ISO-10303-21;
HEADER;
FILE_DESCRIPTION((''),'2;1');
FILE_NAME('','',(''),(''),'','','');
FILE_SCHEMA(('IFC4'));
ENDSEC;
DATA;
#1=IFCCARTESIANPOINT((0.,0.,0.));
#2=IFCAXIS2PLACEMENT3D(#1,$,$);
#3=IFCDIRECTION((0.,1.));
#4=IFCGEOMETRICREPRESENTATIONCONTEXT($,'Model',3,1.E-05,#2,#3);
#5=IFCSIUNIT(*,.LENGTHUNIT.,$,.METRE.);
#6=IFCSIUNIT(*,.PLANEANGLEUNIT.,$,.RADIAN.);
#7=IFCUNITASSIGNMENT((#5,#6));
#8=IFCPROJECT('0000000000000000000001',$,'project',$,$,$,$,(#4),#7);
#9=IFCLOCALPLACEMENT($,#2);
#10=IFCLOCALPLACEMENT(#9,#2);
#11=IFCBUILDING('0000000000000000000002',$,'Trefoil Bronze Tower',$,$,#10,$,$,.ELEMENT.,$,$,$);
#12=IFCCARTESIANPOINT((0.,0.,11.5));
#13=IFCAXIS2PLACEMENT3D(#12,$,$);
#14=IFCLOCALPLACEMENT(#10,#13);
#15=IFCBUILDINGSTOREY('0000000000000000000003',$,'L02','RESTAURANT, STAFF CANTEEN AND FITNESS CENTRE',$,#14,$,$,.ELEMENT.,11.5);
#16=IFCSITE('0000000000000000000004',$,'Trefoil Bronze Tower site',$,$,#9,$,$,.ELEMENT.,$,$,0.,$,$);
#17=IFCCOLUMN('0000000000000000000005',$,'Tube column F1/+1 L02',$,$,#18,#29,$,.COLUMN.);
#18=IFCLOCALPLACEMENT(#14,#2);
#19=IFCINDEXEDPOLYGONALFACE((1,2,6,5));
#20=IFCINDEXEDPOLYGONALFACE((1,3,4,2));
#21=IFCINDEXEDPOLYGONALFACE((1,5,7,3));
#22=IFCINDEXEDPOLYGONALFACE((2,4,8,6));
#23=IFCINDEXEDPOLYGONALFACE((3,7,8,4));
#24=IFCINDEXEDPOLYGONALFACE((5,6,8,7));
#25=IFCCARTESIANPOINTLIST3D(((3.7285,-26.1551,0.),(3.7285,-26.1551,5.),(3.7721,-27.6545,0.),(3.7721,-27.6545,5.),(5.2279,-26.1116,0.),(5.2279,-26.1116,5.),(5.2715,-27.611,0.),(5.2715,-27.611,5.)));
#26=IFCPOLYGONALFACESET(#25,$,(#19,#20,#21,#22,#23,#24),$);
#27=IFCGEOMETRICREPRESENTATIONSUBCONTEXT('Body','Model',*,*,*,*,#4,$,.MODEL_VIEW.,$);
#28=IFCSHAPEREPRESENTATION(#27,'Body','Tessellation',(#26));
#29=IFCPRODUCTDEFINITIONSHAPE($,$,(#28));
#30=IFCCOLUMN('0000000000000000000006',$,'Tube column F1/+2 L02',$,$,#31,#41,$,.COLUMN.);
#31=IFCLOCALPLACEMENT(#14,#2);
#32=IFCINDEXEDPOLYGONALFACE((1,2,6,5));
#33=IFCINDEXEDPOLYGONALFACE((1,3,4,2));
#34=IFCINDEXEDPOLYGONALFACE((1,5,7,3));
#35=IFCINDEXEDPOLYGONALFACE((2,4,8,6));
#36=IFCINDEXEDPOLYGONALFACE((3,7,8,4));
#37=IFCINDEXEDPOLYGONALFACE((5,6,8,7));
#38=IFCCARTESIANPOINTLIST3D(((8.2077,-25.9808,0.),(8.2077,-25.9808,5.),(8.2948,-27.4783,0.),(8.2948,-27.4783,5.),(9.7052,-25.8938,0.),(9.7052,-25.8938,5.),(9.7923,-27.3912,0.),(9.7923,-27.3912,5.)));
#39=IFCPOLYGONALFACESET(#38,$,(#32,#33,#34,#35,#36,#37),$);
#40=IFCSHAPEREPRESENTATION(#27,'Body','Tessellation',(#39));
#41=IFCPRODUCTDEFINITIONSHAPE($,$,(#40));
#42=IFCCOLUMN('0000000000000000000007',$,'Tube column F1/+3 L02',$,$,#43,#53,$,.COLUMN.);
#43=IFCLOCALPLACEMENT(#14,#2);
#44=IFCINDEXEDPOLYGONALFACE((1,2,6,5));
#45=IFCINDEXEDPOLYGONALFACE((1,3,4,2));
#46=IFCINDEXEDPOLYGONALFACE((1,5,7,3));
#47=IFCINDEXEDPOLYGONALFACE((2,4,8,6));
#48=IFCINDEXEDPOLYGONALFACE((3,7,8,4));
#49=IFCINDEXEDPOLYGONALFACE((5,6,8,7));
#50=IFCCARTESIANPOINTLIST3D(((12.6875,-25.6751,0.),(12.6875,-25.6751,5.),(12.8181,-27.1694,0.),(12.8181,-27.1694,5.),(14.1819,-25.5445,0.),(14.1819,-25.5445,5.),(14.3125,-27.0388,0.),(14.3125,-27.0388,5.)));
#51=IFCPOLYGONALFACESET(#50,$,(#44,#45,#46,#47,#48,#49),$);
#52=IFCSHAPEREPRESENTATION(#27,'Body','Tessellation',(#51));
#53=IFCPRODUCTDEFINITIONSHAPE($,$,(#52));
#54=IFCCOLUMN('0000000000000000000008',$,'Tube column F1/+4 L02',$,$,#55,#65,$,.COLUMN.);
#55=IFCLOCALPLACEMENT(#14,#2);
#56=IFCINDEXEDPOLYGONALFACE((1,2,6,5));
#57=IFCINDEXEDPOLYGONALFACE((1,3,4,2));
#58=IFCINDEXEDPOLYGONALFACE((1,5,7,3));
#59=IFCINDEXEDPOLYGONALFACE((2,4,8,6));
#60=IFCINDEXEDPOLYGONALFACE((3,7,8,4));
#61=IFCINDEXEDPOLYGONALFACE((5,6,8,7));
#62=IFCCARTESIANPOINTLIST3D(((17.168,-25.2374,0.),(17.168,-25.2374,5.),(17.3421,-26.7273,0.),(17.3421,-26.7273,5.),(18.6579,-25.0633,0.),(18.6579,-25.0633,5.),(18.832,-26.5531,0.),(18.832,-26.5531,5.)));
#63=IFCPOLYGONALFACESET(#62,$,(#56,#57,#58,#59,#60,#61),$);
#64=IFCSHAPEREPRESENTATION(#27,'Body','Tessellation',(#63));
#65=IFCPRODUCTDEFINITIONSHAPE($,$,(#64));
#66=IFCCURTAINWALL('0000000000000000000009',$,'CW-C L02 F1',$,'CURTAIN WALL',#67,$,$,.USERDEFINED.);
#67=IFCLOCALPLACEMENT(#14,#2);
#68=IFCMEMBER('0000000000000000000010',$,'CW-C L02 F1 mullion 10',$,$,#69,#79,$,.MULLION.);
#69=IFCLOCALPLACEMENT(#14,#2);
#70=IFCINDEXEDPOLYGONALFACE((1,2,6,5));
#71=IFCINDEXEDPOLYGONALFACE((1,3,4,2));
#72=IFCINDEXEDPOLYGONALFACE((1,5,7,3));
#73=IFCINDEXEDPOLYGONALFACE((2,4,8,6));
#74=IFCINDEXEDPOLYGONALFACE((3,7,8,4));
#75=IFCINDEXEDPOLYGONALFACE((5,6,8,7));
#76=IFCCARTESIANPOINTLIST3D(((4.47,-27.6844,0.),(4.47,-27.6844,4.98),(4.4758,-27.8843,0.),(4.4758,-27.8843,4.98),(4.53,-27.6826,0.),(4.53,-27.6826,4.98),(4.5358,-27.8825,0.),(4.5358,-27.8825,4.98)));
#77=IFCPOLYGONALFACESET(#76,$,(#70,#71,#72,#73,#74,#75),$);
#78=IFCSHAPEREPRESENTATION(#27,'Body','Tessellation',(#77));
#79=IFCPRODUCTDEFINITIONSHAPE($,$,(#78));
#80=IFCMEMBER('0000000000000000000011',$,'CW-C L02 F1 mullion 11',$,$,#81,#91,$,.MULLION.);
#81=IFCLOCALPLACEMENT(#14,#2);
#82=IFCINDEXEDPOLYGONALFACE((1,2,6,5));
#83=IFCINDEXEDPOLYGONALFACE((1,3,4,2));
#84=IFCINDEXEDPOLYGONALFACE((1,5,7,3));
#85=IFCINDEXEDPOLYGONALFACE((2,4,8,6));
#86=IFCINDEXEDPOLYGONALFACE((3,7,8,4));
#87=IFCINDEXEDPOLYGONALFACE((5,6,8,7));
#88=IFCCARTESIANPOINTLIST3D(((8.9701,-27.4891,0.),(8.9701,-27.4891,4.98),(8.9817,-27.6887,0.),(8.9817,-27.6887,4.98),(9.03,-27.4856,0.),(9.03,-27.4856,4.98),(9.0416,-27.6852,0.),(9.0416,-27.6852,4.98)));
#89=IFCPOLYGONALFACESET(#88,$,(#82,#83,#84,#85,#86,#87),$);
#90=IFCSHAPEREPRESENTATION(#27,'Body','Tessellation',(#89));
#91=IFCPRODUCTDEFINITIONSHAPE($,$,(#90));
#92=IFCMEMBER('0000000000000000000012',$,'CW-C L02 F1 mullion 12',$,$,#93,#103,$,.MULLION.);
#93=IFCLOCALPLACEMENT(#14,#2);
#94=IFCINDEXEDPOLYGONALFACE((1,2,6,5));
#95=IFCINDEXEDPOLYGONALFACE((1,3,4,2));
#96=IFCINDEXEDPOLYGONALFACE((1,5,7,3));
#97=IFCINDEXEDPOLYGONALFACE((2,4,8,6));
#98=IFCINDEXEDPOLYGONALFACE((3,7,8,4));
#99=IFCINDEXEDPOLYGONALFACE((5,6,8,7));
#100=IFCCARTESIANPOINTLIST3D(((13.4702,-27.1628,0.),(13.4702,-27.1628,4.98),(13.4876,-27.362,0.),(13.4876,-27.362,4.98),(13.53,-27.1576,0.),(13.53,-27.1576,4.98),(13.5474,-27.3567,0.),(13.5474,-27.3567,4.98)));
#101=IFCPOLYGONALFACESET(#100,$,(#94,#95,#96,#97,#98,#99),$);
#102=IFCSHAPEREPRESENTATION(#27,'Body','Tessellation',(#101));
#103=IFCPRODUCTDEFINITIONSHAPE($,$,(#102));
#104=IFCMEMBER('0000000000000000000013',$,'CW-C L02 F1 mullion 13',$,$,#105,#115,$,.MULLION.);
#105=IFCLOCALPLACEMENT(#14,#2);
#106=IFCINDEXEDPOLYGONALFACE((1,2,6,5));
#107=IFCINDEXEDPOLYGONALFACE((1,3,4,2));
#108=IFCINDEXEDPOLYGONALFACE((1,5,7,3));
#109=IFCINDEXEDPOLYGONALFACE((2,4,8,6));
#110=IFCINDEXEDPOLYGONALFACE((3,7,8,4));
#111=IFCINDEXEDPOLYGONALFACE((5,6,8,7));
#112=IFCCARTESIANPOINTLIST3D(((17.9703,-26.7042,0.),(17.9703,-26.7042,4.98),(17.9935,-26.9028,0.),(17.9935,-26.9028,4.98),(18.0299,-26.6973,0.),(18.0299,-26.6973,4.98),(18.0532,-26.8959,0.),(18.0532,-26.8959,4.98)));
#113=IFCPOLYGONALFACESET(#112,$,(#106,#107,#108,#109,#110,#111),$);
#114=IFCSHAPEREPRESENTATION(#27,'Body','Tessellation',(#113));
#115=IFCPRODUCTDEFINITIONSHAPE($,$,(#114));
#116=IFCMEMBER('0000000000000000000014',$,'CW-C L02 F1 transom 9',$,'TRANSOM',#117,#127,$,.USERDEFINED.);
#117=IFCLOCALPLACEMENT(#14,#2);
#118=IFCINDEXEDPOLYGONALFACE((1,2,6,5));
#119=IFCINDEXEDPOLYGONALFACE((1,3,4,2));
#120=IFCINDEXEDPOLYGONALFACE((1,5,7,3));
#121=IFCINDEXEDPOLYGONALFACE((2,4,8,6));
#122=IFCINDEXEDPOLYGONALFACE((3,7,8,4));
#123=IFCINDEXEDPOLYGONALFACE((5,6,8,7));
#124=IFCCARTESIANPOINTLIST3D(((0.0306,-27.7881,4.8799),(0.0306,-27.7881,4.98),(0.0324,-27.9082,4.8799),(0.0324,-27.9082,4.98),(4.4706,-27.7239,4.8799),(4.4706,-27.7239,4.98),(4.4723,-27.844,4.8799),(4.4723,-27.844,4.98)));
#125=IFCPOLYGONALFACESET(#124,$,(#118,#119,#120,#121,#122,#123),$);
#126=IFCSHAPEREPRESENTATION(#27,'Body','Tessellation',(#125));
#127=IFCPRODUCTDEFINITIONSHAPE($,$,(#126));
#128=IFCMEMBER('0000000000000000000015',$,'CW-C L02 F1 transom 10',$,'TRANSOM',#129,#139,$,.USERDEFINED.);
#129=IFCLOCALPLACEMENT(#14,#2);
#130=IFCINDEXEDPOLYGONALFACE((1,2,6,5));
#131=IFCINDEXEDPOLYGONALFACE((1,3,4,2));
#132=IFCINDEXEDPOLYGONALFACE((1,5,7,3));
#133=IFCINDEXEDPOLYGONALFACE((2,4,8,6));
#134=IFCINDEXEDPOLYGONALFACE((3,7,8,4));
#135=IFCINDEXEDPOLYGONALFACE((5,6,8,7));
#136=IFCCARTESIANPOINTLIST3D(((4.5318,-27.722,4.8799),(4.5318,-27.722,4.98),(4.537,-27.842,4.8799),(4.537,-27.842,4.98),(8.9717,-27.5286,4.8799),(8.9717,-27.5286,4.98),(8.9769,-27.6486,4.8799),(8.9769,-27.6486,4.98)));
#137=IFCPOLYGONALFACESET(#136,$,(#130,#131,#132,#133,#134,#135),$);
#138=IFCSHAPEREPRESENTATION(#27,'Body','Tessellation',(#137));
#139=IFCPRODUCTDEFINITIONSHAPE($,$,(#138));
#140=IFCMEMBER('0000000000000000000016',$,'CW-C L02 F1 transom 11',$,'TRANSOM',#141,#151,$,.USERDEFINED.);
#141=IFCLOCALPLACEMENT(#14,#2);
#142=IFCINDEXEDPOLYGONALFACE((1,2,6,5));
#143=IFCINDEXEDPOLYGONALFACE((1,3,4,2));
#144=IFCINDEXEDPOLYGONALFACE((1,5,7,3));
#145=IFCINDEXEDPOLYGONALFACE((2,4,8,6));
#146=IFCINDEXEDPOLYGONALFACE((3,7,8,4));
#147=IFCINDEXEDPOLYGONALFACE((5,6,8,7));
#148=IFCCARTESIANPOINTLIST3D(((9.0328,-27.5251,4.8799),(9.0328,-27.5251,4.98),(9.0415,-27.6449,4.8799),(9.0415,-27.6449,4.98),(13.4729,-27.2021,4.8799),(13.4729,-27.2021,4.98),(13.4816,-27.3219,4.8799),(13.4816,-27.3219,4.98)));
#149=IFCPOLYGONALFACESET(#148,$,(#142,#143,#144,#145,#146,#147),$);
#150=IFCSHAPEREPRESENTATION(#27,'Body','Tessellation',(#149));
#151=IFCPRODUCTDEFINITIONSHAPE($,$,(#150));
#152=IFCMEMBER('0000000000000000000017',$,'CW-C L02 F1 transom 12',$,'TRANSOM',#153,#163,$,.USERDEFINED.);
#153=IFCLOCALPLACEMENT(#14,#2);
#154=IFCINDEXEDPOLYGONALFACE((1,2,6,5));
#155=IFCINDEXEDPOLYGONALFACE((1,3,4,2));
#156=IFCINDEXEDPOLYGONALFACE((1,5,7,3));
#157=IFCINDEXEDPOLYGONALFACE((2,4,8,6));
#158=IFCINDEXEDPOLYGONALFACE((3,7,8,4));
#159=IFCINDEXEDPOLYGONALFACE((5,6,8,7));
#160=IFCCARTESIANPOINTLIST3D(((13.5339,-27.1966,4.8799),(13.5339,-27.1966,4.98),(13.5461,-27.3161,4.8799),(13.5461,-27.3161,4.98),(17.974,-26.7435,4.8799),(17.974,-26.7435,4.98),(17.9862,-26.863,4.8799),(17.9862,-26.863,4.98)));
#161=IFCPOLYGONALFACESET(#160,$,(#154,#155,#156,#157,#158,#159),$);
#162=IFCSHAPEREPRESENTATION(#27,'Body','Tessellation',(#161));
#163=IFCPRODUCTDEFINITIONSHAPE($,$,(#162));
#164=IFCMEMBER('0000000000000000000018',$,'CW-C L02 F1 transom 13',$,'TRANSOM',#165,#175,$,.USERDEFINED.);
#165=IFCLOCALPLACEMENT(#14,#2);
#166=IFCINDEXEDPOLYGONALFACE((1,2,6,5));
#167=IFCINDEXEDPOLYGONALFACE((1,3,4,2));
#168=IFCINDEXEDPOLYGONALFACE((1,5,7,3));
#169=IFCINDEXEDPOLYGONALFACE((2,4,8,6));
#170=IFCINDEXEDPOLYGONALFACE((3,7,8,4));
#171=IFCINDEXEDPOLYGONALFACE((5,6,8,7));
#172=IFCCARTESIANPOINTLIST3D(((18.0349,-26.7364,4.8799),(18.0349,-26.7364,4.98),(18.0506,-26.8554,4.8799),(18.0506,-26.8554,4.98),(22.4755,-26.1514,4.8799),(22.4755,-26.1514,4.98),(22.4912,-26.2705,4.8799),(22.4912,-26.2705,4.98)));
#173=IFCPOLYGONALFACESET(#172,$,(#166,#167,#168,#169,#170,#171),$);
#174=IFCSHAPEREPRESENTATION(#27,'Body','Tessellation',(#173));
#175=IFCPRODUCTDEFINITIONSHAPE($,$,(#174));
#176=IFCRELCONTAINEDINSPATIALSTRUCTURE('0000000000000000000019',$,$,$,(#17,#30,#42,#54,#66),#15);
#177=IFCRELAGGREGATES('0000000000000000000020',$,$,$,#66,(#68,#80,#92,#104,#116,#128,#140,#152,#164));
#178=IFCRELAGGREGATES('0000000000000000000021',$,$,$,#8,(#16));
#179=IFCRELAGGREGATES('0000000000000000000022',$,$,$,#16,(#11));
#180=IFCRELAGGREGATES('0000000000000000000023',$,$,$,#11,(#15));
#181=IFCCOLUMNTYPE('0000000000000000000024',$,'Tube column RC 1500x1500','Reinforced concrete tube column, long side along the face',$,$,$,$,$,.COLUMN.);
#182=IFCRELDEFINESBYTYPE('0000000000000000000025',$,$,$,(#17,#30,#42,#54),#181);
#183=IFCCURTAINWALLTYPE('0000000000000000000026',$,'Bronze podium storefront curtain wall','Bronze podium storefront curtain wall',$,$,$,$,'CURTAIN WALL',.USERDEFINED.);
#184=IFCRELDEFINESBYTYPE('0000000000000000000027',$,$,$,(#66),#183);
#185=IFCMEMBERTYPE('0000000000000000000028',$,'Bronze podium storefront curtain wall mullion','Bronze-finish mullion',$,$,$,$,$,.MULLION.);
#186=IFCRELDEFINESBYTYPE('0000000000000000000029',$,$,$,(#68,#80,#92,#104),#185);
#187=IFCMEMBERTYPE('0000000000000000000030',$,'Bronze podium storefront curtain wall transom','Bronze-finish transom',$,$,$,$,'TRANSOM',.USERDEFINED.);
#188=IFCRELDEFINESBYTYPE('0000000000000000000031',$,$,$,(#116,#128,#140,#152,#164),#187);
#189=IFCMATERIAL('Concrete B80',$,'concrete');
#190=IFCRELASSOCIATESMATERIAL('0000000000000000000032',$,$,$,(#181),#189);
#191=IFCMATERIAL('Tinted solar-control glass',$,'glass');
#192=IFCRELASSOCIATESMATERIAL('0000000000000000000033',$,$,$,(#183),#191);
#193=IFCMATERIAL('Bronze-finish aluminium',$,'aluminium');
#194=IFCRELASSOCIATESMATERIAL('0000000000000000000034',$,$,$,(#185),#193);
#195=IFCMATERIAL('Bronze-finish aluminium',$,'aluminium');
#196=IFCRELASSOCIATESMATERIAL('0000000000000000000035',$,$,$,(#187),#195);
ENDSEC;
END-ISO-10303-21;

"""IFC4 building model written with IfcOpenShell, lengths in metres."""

from ifc_helpers import new_model, si_unit, direction, frame, origin, origin_2d, place, context, subcontext, project, spatial, rectangle, extrude, material, material_profile, profile_set, type_object, element, aggregate, save


model = new_model("IFC4")

# Units and contexts
model_context = context("Model", 3, precision=1e-05, world=origin(), true_north=direction((0.0, 1.0)))
body_context = subcontext(model_context, "Body", "Model", "MODEL_VIEW")
ifc_project = project(units=[si_unit("LENGTHUNIT", "METRE"), si_unit("PLANEANGLEUNIT", "RADIAN")], contexts=[model_context])

# Site, building, storey
site_placement = place(None, origin())
site = spatial("IfcSite", under=ifc_project, at=site_placement, Name="Trefoil Bronze Tower site", CompositionType="ELEMENT", RefElevation=0.0)
building_placement = place(site_placement, origin())
building = spatial("IfcBuilding", under=site, at=building_placement, Name="Trefoil Bronze Tower", CompositionType="ELEMENT")
storey_placement = place(building_placement, frame((0.0, 0.0, 11.5)))
storey = spatial("IfcBuildingStorey", under=building, at=storey_placement, Name="L02", Description="RESTAURANT, STAFF CANTEEN AND FITNESS CENTRE", CompositionType="ELEMENT", Elevation=11.5)

# Columns
ifc_material_1 = material(Name="Concrete B80", Category="concrete")
ifc_material_profile_1 = material_profile(ifc_material_1, rectangle(XDim=1.5, YDim=1.5, at=origin_2d()), Name="RC 1500x1500")
ifc_profile_set_1 = profile_set([ifc_material_profile_1], Name="Concrete B80")
column_type = type_object("IfcColumnType", Name="Tube column RC 1500x1500", Description="Reinforced concrete tube column, long side along the face", PredefinedType="COLUMN", material=ifc_profile_set_1)
for number, where, z_axis, x_axis, name in (
    (1, (4.5, -26.8831, 0.0), (0.0, 0.0, 1.0), (0.999579, 0.029022, 0.0), "Tube column F1/+1 L02"),
    (2, (9.0, -26.686, 0.0), (0.0, 0.0, 1.0), (0.998314, 0.058043, 0.0), "Tube column F1/+2 L02"),
    (3, (13.5, -26.3569, 0.0), (0.0, 0.0, 1.0), (0.996203, 0.087065, 0.0), "Tube column F1/+3 L02"),
    (4, (18.0, -25.8953, 0.0), (0.0, 0.0, 1.0), (0.993239, 0.116087, 0.0), "Tube column F1/+4 L02"),
):
    element("IfcColumn", number, at=place(storey_placement, frame(where, z_axis=z_axis, x_axis=x_axis)), inside=storey, type_object=column_type, Name=name, PredefinedType="COLUMN", context=body_context, shape_type="SweptSolid", body=[
        extrude(rectangle(XDim=1.5, YDim=1.5, at=origin_2d()), origin(), (0.0, 0.0, 1.0), 5.0),
    ])

# Curtain wall, members
ifc_material_2 = material(Name="Tinted solar-control glass", Category="glass")
curtain_wall_type = type_object("IfcCurtainWallType", Name="Bronze podium storefront curtain wall", Description="Bronze podium storefront curtain wall", ElementType="CURTAIN WALL", PredefinedType="USERDEFINED", material=ifc_material_2)
curtain_wall_placement = place(storey_placement, origin())
curtain_wall = element("IfcCurtainWall", 5, at=curtain_wall_placement, inside=storey, type_object=curtain_wall_type, Name="CW-C L02 F1", ObjectType="CURTAIN WALL", PredefinedType="USERDEFINED")
ifc_material_3 = material(Name="Bronze-finish aluminium", Category="aluminium")
ifc_material_profile_2 = material_profile(ifc_material_3, rectangle(XDim=0.2, YDim=0.0601, at=origin_2d()), Name="CW-C mullion")
ifc_profile_set_2 = profile_set([ifc_material_profile_2], Name="Bronze-finish aluminium")
member_type_1 = type_object("IfcMemberType", Name="Bronze podium storefront curtain wall mullion", Description="Bronze-finish mullion", PredefinedType="MULLION", material=ifc_profile_set_2)
member_1_placement = place(storey_placement, frame((4.5029, -27.7834, 0.0), z_axis=(0.0, 0.0, 1.0), x_axis=(-0.029022, 0.999579, 0.0)))
member_1 = element("IfcMember", 6, at=member_1_placement, type_object=member_type_1, Name="CW-C L02 F1 mullion 10", PredefinedType="MULLION", context=body_context, shape_type="SweptSolid", body=[
    extrude(rectangle(XDim=0.2, YDim=0.0601, at=origin_2d()), origin(), (0.0, 0.0, 1.0), 4.98),
])
member_2_placement = place(storey_placement, frame((9.0059, -27.5872, 0.0), z_axis=(0.0, 0.0, 1.0), x_axis=(-0.058043, 0.998314, 0.0)))
member_2 = element("IfcMember", 7, at=member_2_placement, type_object=member_type_1, Name="CW-C L02 F1 mullion 11", PredefinedType="MULLION", context=body_context, shape_type="SweptSolid", body=[
    extrude(rectangle(XDim=0.2, YDim=0.0601, at=origin_2d()), origin(), (0.0, 0.0, 1.0), 4.98),
])
member_3_placement = place(storey_placement, frame((13.5088, -27.2598, 0.0), z_axis=(0.0, 0.0, 1.0), x_axis=(-0.087065, 0.996203, 0.0)))
member_3 = element("IfcMember", 8, at=member_3_placement, type_object=member_type_1, Name="CW-C L02 F1 mullion 12", PredefinedType="MULLION", context=body_context, shape_type="SweptSolid", body=[
    extrude(rectangle(XDim=0.2, YDim=0.0601, at=origin_2d()), origin(), (0.0, 0.0, 1.0), 4.98),
])
member_4_placement = place(storey_placement, frame((18.0117, -26.8, 0.0), z_axis=(0.0, 0.0, 1.0), x_axis=(-0.116087, 0.993239, 0.0)))
member_4 = element("IfcMember", 9, at=member_4_placement, type_object=member_type_1, Name="CW-C L02 F1 mullion 13", PredefinedType="MULLION", context=body_context, shape_type="SweptSolid", body=[
    extrude(rectangle(XDim=0.2, YDim=0.0601, at=origin_2d()), origin(), (0.0, 0.0, 1.0), 4.98),
])
ifc_material_4 = material(Name="Bronze-finish aluminium", Category="aluminium")
ifc_material_profile_3 = material_profile(ifc_material_4, rectangle(XDim=0.1201, YDim=0.1001, at=origin_2d()), Name="CW-C transom")
ifc_profile_set_3 = profile_set([ifc_material_profile_3], Name="Bronze-finish aluminium")
member_type_2 = type_object("IfcMemberType", Name="Bronze podium storefront curtain wall transom", Description="Bronze-finish transom", ElementType="TRANSOM", PredefinedType="USERDEFINED", material=ifc_profile_set_3)
member_5_placement = place(storey_placement, frame((0.0315, -27.8481, 4.9299), z_axis=(0.999895, 0.01446, 0.0), x_axis=(-0.01446, 0.999895, 0.0)))
member_5 = element("IfcMember", 10, at=member_5_placement, type_object=member_type_2, Name="CW-C L02 F1 transom 9", ObjectType="TRANSOM", PredefinedType="USERDEFINED", context=body_context, shape_type="SweptSolid", body=[
    extrude(rectangle(XDim=0.1201, YDim=0.1001, at=origin_2d()), origin(), (0.0, 0.0, 1.0), 4.4404),
])
member_6_placement = place(storey_placement, frame((4.5344, -27.782, 4.9299), z_axis=(0.999053, 0.043509, 0.0), x_axis=(-0.043509, 0.999053, 0.0)))
member_6 = element("IfcMember", 11, at=member_6_placement, type_object=member_type_2, Name="CW-C L02 F1 transom 10", ObjectType="TRANSOM", PredefinedType="USERDEFINED", context=body_context, shape_type="SweptSolid", body=[
    extrude(rectangle(XDim=0.1201, YDim=0.1001, at=origin_2d()), origin(), (0.0, 0.0, 1.0), 4.4441),
])
member_7_placement = place(storey_placement, frame((9.0371, -27.585, 4.9299), z_axis=(0.997365, 0.072553, 0.0), x_axis=(-0.072553, 0.997365, 0.0)))
member_7 = element("IfcMember", 12, at=member_7_placement, type_object=member_type_2, Name="CW-C L02 F1 transom 11", ObjectType="TRANSOM", PredefinedType="USERDEFINED", context=body_context, shape_type="SweptSolid", body=[
    extrude(rectangle(XDim=0.1201, YDim=0.1001, at=origin_2d()), origin(), (0.0, 0.0, 1.0), 4.4519),
])
member_8_placement = place(storey_placement, frame((13.54, -27.2563, 4.9299), z_axis=(0.994833, 0.101524, 0.0), x_axis=(-0.101524, 0.994833, 0.0)))
member_8 = element("IfcMember", 13, at=member_8_placement, type_object=member_type_2, Name="CW-C L02 F1 transom 12", ObjectType="TRANSOM", PredefinedType="USERDEFINED", context=body_context, shape_type="SweptSolid", body=[
    extrude(rectangle(XDim=0.1201, YDim=0.1001, at=origin_2d()), origin(), (0.0, 0.0, 1.0), 4.4631),
])
member_9_placement = place(storey_placement, frame((18.0427, -26.7959, 4.9299), z_axis=(0.991435, 0.1306, 0.0), x_axis=(-0.1306, 0.991435, 0.0)))
member_9 = element("IfcMember", 14, at=member_9_placement, type_object=member_type_2, Name="CW-C L02 F1 transom 13", ObjectType="TRANSOM", PredefinedType="USERDEFINED", context=body_context, shape_type="SweptSolid", body=[
    extrude(rectangle(XDim=0.1201, YDim=0.1001, at=origin_2d()), origin(), (0.0, 0.0, 1.0), 4.479),
])

aggregate(curtain_wall, [member_1, member_2, member_3, member_4, member_5, member_6, member_7, member_8, member_9])

save(model, "model.ifc")
